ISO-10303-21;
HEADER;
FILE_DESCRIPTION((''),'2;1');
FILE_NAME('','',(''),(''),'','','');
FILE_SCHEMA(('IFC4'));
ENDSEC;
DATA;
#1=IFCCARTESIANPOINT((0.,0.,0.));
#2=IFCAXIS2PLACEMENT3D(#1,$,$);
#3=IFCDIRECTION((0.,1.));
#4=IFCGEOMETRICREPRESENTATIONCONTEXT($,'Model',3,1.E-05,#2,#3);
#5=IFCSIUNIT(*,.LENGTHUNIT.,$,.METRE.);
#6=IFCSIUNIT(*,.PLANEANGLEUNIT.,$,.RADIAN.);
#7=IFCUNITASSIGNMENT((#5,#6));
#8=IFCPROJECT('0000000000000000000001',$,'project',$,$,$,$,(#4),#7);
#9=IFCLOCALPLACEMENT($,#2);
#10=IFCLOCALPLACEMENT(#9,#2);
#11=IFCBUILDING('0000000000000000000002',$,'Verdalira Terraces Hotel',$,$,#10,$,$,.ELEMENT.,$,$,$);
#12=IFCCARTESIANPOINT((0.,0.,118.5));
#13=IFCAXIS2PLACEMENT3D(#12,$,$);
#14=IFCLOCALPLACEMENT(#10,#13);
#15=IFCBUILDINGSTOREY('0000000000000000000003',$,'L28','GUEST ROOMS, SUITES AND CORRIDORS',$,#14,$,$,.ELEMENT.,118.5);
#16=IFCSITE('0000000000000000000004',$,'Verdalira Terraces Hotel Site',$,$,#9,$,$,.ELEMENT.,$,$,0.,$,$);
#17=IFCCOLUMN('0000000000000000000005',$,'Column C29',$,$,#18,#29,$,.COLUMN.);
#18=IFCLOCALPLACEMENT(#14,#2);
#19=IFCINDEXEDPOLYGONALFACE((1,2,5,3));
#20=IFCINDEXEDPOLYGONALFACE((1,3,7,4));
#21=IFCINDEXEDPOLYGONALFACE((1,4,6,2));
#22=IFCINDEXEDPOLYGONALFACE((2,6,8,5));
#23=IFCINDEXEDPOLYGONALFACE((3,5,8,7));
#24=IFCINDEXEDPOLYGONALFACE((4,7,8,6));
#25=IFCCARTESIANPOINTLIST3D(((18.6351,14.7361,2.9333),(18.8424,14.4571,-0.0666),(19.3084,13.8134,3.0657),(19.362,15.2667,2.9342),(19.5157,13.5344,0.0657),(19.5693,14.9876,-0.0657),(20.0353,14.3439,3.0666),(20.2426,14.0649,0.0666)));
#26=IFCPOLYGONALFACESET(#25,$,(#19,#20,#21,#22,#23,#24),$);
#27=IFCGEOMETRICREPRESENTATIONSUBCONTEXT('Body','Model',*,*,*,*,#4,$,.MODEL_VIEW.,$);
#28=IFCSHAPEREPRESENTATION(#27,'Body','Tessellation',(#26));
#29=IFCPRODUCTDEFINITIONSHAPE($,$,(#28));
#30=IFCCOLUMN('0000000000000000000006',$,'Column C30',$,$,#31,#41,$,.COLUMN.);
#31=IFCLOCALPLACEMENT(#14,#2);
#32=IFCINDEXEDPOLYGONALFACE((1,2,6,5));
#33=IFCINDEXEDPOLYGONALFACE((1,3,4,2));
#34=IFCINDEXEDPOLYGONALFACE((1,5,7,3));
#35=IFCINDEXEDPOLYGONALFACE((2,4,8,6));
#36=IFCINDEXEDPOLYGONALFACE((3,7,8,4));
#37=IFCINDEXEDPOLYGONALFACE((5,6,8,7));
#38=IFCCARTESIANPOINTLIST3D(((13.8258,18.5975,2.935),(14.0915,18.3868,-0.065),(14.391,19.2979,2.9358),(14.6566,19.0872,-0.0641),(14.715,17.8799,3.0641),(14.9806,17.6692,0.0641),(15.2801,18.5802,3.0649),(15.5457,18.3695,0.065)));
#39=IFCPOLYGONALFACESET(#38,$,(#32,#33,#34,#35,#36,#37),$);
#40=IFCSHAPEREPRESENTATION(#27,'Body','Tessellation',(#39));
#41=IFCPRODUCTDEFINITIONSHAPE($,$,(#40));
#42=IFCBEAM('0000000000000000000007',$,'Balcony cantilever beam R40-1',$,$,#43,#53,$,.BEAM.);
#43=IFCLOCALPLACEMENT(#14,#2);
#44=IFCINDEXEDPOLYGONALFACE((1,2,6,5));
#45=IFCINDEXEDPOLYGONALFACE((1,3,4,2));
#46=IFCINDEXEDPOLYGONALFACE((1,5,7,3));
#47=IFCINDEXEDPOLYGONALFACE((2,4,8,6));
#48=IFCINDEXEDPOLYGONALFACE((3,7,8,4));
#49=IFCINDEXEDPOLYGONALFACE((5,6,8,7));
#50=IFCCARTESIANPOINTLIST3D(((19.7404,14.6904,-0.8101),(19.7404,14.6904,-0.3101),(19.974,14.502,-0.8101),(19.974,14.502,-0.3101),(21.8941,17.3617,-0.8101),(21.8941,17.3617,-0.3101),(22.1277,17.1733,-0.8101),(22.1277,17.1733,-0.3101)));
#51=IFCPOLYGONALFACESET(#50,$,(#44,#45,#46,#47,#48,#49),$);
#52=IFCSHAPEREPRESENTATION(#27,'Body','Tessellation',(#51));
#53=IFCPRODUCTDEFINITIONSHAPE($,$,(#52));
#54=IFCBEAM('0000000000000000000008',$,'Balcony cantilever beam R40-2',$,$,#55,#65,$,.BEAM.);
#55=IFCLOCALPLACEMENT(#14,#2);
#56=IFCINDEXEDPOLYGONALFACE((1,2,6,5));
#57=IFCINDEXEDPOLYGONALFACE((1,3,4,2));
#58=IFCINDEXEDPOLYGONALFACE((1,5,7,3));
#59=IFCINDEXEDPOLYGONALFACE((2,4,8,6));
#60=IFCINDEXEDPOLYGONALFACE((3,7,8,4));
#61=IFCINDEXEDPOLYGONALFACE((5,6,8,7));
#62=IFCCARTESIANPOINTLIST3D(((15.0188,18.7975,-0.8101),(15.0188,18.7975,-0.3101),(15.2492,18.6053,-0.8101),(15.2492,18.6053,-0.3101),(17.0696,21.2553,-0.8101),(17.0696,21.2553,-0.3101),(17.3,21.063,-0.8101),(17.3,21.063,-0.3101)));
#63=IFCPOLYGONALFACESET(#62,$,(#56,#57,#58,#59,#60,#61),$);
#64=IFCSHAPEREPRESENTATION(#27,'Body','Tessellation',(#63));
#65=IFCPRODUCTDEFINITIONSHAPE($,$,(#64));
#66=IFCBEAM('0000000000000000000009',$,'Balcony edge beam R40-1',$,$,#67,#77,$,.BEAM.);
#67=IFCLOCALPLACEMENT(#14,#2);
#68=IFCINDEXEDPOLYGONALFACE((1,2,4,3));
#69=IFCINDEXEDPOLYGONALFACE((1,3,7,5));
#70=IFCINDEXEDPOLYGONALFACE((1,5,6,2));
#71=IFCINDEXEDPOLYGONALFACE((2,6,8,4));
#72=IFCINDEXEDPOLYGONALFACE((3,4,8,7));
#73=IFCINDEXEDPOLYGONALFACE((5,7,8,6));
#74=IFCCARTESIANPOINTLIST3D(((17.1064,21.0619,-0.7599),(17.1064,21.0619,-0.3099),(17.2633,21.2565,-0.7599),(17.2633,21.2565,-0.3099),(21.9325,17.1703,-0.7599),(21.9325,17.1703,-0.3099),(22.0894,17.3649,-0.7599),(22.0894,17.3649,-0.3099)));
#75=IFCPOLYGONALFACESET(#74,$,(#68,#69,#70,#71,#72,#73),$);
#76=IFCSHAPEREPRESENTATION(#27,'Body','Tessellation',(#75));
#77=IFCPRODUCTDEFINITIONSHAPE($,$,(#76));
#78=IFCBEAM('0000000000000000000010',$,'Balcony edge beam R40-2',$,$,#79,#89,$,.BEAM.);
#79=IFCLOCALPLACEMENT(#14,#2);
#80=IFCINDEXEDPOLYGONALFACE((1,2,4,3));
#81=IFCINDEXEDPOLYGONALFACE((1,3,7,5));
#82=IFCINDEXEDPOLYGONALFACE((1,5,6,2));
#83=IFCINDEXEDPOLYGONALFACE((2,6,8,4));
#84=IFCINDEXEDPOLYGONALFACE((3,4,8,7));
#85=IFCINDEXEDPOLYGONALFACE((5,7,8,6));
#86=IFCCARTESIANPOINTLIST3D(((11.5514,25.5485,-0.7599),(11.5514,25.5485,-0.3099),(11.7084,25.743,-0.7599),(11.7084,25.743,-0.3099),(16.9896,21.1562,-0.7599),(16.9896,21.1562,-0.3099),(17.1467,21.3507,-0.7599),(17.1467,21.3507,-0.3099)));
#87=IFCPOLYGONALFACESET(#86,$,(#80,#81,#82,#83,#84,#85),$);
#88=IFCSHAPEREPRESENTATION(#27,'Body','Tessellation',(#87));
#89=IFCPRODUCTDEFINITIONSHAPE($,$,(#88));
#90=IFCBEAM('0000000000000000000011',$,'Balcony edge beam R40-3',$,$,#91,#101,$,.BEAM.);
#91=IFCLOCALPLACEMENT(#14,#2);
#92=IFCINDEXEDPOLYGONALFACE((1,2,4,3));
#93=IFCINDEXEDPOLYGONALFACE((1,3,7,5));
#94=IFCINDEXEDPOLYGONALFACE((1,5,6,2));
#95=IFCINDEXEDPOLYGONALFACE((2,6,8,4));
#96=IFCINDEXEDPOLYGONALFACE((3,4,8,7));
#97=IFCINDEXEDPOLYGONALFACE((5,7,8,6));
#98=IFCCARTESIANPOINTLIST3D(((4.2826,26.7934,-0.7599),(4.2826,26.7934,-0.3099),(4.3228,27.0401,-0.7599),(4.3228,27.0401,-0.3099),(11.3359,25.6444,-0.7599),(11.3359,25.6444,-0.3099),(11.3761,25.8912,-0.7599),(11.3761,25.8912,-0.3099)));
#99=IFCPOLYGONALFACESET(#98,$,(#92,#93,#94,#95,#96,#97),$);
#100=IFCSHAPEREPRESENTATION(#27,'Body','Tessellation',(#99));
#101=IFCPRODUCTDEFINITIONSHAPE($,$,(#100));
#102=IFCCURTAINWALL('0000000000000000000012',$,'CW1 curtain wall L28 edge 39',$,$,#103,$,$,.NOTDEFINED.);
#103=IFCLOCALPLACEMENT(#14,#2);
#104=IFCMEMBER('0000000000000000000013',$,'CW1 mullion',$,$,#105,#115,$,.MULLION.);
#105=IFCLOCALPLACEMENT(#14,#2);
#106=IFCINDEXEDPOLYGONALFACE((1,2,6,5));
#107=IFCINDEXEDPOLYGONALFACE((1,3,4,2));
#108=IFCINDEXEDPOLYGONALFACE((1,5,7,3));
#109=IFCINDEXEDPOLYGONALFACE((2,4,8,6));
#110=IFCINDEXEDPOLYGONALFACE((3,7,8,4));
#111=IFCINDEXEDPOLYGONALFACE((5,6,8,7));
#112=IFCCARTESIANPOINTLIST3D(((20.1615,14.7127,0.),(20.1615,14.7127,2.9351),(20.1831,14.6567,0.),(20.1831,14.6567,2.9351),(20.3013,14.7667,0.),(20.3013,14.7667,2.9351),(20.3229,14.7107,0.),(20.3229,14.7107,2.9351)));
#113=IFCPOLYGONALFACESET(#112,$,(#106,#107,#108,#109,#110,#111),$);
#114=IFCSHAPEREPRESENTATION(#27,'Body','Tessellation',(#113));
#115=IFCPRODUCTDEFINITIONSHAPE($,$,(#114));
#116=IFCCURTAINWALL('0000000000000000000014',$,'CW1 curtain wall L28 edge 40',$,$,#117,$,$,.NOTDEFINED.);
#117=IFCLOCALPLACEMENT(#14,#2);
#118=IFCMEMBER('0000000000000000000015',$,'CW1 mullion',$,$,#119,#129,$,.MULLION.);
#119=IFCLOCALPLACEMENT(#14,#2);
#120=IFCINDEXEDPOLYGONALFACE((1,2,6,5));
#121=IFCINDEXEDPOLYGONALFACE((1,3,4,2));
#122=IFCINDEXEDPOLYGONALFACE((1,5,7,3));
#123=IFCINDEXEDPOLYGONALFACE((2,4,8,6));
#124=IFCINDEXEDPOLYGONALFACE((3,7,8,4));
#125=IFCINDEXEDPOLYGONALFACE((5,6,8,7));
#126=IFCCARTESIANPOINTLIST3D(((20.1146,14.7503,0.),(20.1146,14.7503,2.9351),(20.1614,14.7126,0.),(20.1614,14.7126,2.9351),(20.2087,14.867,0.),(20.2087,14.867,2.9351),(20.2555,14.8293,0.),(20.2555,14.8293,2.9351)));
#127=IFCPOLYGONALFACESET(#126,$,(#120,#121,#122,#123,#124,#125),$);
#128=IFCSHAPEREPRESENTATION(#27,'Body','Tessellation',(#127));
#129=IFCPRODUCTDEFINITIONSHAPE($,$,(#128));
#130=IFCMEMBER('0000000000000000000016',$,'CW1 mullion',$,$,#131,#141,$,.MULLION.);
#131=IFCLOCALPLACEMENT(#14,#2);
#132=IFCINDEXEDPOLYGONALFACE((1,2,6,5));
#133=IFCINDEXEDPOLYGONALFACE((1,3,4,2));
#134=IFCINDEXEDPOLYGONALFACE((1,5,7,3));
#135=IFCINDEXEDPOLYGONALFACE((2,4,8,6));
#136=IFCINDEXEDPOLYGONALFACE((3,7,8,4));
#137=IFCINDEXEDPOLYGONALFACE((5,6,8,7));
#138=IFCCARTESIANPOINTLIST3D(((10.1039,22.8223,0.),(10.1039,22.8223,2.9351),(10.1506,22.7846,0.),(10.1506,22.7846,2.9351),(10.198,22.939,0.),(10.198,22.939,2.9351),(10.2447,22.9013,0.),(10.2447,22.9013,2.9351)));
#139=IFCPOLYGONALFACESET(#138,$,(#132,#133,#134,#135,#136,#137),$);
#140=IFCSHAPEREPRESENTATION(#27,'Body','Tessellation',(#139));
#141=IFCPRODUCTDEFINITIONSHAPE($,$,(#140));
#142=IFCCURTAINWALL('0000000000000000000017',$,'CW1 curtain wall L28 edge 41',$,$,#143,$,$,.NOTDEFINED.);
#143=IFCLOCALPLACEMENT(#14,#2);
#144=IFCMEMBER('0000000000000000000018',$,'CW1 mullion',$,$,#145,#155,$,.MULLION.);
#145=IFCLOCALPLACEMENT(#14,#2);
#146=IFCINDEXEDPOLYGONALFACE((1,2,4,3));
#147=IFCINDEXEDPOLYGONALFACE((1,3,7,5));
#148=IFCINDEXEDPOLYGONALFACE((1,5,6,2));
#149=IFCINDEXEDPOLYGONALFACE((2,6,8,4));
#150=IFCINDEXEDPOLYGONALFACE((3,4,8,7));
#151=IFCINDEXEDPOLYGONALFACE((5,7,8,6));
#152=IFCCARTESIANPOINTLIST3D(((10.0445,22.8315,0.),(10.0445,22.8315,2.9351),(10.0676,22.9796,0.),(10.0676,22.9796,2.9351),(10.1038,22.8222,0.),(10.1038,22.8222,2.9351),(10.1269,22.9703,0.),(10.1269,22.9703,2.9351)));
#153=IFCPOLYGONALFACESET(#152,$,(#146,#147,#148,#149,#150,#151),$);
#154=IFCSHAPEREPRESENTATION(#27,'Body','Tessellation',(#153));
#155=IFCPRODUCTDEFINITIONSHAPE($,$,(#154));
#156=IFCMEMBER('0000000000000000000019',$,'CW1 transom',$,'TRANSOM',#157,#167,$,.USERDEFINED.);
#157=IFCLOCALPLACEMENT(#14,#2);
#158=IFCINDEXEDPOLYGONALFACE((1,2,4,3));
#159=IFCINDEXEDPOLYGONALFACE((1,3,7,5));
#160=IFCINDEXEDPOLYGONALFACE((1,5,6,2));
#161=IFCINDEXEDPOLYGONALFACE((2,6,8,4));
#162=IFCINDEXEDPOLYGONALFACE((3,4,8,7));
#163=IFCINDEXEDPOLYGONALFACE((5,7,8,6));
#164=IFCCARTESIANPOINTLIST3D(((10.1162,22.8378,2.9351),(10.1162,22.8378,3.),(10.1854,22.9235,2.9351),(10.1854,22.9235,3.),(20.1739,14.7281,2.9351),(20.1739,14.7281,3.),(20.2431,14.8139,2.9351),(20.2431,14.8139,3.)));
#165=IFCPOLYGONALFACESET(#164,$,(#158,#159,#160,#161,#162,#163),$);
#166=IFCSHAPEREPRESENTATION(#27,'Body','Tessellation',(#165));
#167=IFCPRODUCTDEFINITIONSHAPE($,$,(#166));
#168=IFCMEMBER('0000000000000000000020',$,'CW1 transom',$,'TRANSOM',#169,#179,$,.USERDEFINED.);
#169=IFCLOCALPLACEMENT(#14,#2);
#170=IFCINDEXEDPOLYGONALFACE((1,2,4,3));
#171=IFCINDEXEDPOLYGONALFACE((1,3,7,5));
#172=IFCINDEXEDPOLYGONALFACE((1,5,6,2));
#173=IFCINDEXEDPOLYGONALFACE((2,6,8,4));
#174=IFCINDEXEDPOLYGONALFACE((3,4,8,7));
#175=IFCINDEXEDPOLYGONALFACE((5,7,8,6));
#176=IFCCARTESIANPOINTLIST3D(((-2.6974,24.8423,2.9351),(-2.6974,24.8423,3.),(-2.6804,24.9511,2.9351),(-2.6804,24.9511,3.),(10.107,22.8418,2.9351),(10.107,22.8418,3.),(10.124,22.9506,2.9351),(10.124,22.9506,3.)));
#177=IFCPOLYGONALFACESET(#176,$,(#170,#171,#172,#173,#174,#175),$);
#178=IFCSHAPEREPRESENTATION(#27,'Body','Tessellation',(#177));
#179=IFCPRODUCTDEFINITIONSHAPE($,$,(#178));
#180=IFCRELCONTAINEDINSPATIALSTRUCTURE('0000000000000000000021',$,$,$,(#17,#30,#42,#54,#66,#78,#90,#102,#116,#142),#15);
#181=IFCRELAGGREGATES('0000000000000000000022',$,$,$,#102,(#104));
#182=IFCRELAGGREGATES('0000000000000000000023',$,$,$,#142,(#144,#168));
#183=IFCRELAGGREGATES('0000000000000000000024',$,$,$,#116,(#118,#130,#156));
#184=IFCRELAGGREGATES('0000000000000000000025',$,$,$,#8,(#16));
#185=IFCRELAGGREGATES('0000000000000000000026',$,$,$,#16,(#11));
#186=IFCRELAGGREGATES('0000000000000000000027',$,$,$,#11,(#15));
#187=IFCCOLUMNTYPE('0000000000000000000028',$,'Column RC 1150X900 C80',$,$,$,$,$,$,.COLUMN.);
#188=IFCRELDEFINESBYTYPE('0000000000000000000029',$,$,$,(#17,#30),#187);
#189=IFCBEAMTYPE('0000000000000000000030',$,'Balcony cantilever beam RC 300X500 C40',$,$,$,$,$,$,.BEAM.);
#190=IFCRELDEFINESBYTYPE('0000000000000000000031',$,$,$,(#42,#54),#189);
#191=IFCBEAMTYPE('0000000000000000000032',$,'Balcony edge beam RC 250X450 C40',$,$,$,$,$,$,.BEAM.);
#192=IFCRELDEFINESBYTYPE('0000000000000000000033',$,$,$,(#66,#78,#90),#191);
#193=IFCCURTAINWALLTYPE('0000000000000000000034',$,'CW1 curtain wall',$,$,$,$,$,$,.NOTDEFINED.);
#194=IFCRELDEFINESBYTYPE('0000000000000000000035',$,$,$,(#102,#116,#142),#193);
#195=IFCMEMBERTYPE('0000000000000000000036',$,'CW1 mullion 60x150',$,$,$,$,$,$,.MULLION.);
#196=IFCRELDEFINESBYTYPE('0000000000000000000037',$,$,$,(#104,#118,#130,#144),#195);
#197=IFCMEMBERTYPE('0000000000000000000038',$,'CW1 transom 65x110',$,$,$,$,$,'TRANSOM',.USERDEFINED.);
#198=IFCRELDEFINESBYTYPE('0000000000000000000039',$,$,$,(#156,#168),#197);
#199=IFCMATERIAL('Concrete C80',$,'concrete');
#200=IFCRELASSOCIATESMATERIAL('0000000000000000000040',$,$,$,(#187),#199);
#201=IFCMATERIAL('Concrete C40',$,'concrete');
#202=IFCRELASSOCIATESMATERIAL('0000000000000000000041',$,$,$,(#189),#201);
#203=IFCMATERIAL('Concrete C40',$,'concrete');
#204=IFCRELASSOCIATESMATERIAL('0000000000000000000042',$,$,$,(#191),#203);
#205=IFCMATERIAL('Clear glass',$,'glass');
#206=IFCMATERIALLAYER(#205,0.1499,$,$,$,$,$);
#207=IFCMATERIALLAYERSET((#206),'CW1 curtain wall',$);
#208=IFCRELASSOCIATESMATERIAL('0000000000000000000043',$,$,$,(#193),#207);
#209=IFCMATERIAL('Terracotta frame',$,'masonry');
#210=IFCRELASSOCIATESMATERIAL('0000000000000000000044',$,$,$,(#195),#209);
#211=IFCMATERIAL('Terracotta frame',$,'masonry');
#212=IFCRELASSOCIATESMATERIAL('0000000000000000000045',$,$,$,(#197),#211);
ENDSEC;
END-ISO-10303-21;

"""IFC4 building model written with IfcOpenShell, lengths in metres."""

from ifc_helpers import new_model, si_unit, direction, frame, origin, origin_2d, place, context, subcontext, project, spatial, rectangle, extrude, material, layer, layer_set, material_profile, profile_set, type_object, element, aggregate, save


model = new_model("IFC4")

# Units and contexts
model_context = context("Model", 3, precision=1e-05, world=origin(), true_north=direction((0.0, 1.0)))
body_context = subcontext(model_context, "Body", "Model", "MODEL_VIEW")
ifc_project = project(units=[si_unit("LENGTHUNIT", "METRE"), si_unit("PLANEANGLEUNIT", "RADIAN")], contexts=[model_context])

# Site, building, storey
site_placement = place(None, origin())
site = spatial("IfcSite", under=ifc_project, at=site_placement, Name="Verdalira Terraces Hotel Site", CompositionType="ELEMENT", RefElevation=0.0)
building_placement = place(site_placement, origin())
building = spatial("IfcBuilding", under=site, at=building_placement, Name="Verdalira Terraces Hotel", CompositionType="ELEMENT")
storey_placement = place(building_placement, frame((0.0, 0.0, 118.5)))
storey = spatial("IfcBuildingStorey", under=building, at=storey_placement, Name="L28", Description="GUEST ROOMS, SUITES AND CORRIDORS", CompositionType="ELEMENT", Elevation=118.5)

# Columns
ifc_material_1 = material(Name="Concrete C80", Category="concrete")
ifc_material_profile_1 = material_profile(ifc_material_1, rectangle(XDim=1.1499, YDim=0.8999, at=origin_2d()), Name="RC 1150X900")
ifc_profile_set_1 = profile_set([ifc_material_profile_1], Name="Concrete C80")
column_type = type_object("IfcColumnType", Name="Column RC 1150X900 C80", PredefinedType="COLUMN", material=ifc_profile_set_1)
column_1_placement = place(storey_placement, frame((19.5425, 14.261, 0.0), z_axis=(-0.068633, 0.092399, 0.993354), x_axis=(0.585531, -0.802438, 0.115096)))
element("IfcColumn", 1, at=column_1_placement, inside=storey, type_object=column_type, Name="Column C29", PredefinedType="COLUMN", context=body_context, shape_type="SweptSolid", body=[
    extrude(rectangle(XDim=1.1499, YDim=0.8999, at=origin_2d()), origin(), (0.0, 0.0, 1.0), 3.02),
])
column_2_placement = place(storey_placement, frame((14.8186, 18.3782, 0.0), z_axis=(-0.087982, 0.069787, 0.993675), x_axis=(-0.773238, 0.624093, -0.112295)))
element("IfcColumn", 2, at=column_2_placement, inside=storey, type_object=column_type, Name="Column C30", PredefinedType="COLUMN", context=body_context, shape_type="SweptSolid", body=[
    extrude(rectangle(XDim=1.1499, YDim=0.8999, at=origin_2d()), origin(), (0.0, 0.0, 1.0), 3.019),
])

# Beams
ifc_material_2 = material(Name="Concrete C40", Category="concrete")
ifc_material_profile_2 = material_profile(ifc_material_2, rectangle(XDim=0.3, YDim=0.5, at=origin_2d()), Name="RC 300X500")
ifc_profile_set_2 = profile_set([ifc_material_profile_2], Name="Concrete C40")
beam_type_1 = type_object("IfcBeamType", Name="Balcony cantilever beam RC 300X500 C40", PredefinedType="BEAM", material=ifc_profile_set_2)
beam_1_placement = place(storey_placement, frame((19.8572, 14.5962, -0.5601), z_axis=(0.627658, 0.778489, 0.0), x_axis=(-0.778489, 0.627658, 0.0)))
element("IfcBeam", 3, at=beam_1_placement, inside=storey, type_object=beam_type_1, Name="Balcony cantilever beam R40-1", PredefinedType="BEAM", context=body_context, shape_type="SweptSolid", body=[
    extrude(rectangle(XDim=0.3, YDim=0.5, at=origin_2d()), origin(), (0.0, 0.0, 1.0), 3.4314),
])
beam_2_placement = place(storey_placement, frame((15.134, 18.7014, -0.5601), z_axis=(0.640672, 0.767815, 0.0), x_axis=(-0.767815, 0.640672, 0.0)))
element("IfcBeam", 4, at=beam_2_placement, inside=storey, type_object=beam_type_1, Name="Balcony cantilever beam R40-2", PredefinedType="BEAM", context=body_context, shape_type="SweptSolid", body=[
    extrude(rectangle(XDim=0.3, YDim=0.5, at=origin_2d()), origin(), (0.0, 0.0, 1.0), 3.2009),
])
ifc_material_3 = material(Name="Concrete C40", Category="concrete")
ifc_material_profile_3 = material_profile(ifc_material_3, rectangle(XDim=0.25, YDim=0.45, at=origin_2d()), Name="RC 250X450")
ifc_profile_set_3 = profile_set([ifc_material_profile_3], Name="Concrete C40")
beam_type_2 = type_object("IfcBeamType", Name="Balcony edge beam RC 250X450 C40", PredefinedType="BEAM", material=ifc_profile_set_3)
beam_3_placement = place(storey_placement, frame((22.011, 17.2676, -0.5349), z_axis=(-0.77845, 0.627706, 0.0), x_axis=(-0.627706, -0.77845, 0.0)))
element("IfcBeam", 5, at=beam_3_placement, inside=storey, type_object=beam_type_2, Name="Balcony edge beam R40-1", PredefinedType="BEAM", context=body_context, shape_type="SweptSolid", body=[
    extrude(rectangle(XDim=0.25, YDim=0.45, at=origin_2d()), origin(), (0.0, 0.0, 1.0), 6.1997),
])
beam_4_placement = place(storey_placement, frame((17.0681, 21.2534, -0.5349), z_axis=(-0.777947, 0.62833, 0.0), x_axis=(-0.62833, -0.777947, 0.0)))
element("IfcBeam", 6, at=beam_4_placement, inside=storey, type_object=beam_type_2, Name="Balcony edge beam R40-2", PredefinedType="BEAM", context=body_context, shape_type="SweptSolid", body=[
    extrude(rectangle(XDim=0.25, YDim=0.45, at=origin_2d()), origin(), (0.0, 0.0, 1.0), 6.9905),
])
beam_5_placement = place(storey_placement, frame((11.356, 25.7678, -0.5349), z_axis=(-0.986991, 0.160775, 0.0), x_axis=(-0.160775, -0.986991, 0.0)))
element("IfcBeam", 7, at=beam_5_placement, inside=storey, type_object=beam_type_2, Name="Balcony edge beam R40-3", PredefinedType="BEAM", context=body_context, shape_type="SweptSolid", body=[
    extrude(rectangle(XDim=0.25, YDim=0.45, at=origin_2d()), origin(), (0.0, 0.0, 1.0), 7.1462),
])

# Curtain wall, member
ifc_material_4 = material(Name="Clear glass", Category="glass")
ifc_layer_1 = layer(ifc_material_4, 0.1499)
ifc_layer_set_1 = layer_set([ifc_layer_1], Name="CW1 curtain wall")
curtain_wall_type = type_object("IfcCurtainWallType", Name="CW1 curtain wall", PredefinedType="NOTDEFINED", material=ifc_layer_set_1)
curtain_wall_1_placement = place(storey_placement, origin())
curtain_wall_1 = element("IfcCurtainWall", 8, at=curtain_wall_1_placement, inside=storey, type_object=curtain_wall_type, Name="CW1 curtain wall L28 edge 39", PredefinedType="NOTDEFINED")
ifc_material_5 = material(Name="Terracotta frame", Category="masonry")
ifc_material_profile_4 = material_profile(ifc_material_5, rectangle(XDim=0.0601, YDim=0.1499, at=origin_2d()), Name="MU 60x150")
ifc_profile_set_4 = profile_set([ifc_material_profile_4], Name="Terracotta frame")
member_type_1 = type_object("IfcMemberType", Name="CW1 mullion 60x150", PredefinedType="MULLION", material=ifc_profile_set_4)
member_1_placement = place(storey_placement, frame((20.2422, 14.7117, 0.0), z_axis=(0.0, 0.0, 1.0), x_axis=(-0.360322, 0.932828, 0.0)))
member_1 = element("IfcMember", 9, at=member_1_placement, type_object=member_type_1, Name="CW1 mullion", PredefinedType="MULLION", context=body_context, shape_type="SweptSolid", body=[
    extrude(rectangle(XDim=0.0601, YDim=0.1499, at=origin_2d()), origin(), (0.0, 0.0, 1.0), 2.9351),
])
aggregate(curtain_wall_1, [member_1])

# Curtain wall, members
curtain_wall_2_placement = place(storey_placement, origin())
curtain_wall_2 = element("IfcCurtainWall", 10, at=curtain_wall_2_placement, inside=storey, type_object=curtain_wall_type, Name="CW1 curtain wall L28 edge 40", PredefinedType="NOTDEFINED")
member_2_placement = place(storey_placement, frame((20.1851, 14.7898, 0.0), z_axis=(0.0, 0.0, 1.0), x_axis=(-0.778462, 0.627691, 0.0)))
member_2 = element("IfcMember", 11, at=member_2_placement, type_object=member_type_1, Name="CW1 mullion", PredefinedType="MULLION", context=body_context, shape_type="SweptSolid", body=[
    extrude(rectangle(XDim=0.0601, YDim=0.1499, at=origin_2d()), origin(), (0.0, 0.0, 1.0), 2.9351),
])
member_3_placement = place(storey_placement, frame((10.1743, 22.8618, 0.0), z_axis=(0.0, 0.0, 1.0), x_axis=(-0.778462, 0.627691, 0.0)))
member_3 = element("IfcMember", 12, at=member_3_placement, type_object=member_type_1, Name="CW1 mullion", PredefinedType="MULLION", context=body_context, shape_type="SweptSolid", body=[
    extrude(rectangle(XDim=0.0601, YDim=0.1499, at=origin_2d()), origin(), (0.0, 0.0, 1.0), 2.9351),
])

# Curtain wall, member
curtain_wall_3_placement = place(storey_placement, origin())
curtain_wall_3 = element("IfcCurtainWall", 13, at=curtain_wall_3_placement, inside=storey, type_object=curtain_wall_type, Name="CW1 curtain wall L28 edge 41", PredefinedType="NOTDEFINED")
member_4_placement = place(storey_placement, frame((10.0857, 22.9009, 0.0), z_axis=(0.0, 0.0, 1.0), x_axis=(-0.988014, 0.154366, 0.0)))
member_4 = element("IfcMember", 14, at=member_4_placement, type_object=member_type_1, Name="CW1 mullion", PredefinedType="MULLION", context=body_context, shape_type="SweptSolid", body=[
    extrude(rectangle(XDim=0.0601, YDim=0.1499, at=origin_2d()), origin(), (0.0, 0.0, 1.0), 2.9351),
])

# Members
ifc_material_6 = material(Name="Terracotta frame", Category="masonry")
ifc_material_profile_5 = material_profile(ifc_material_6, rectangle(XDim=0.1101, YDim=0.0649, at=origin_2d()), Name="TR 65x110")
ifc_profile_set_5 = profile_set([ifc_material_profile_5], Name="Terracotta frame")
member_type_2 = type_object("IfcMemberType", Name="CW1 transom 65x110", ElementType="TRANSOM", PredefinedType="USERDEFINED", material=ifc_profile_set_5)
member_5_placement = place(storey_placement, frame((20.2085, 14.771, 2.9675), z_axis=(-0.778465, 0.627689, 0.0), x_axis=(-0.627689, -0.778465, 0.0)))
member_5 = element("IfcMember", 15, at=member_5_placement, type_object=member_type_2, Name="CW1 transom", ObjectType="TRANSOM", PredefinedType="USERDEFINED", context=body_context, shape_type="SweptSolid", body=[
    extrude(rectangle(XDim=0.1101, YDim=0.0649, at=origin_2d()), origin(), (0.0, 0.0, 1.0), 12.9199),
])
member_6_placement = place(storey_placement, frame((10.1155, 22.8962, 2.9675), z_axis=(-0.988014, 0.154361, 0.0), x_axis=(-0.154361, -0.988014, 0.0)))
member_6 = element("IfcMember", 16, at=member_6_placement, type_object=member_type_2, Name="CW1 transom", ObjectType="TRANSOM", PredefinedType="USERDEFINED", context=body_context, shape_type="SweptSolid", body=[
    extrude(rectangle(XDim=0.1101, YDim=0.0649, at=origin_2d()), origin(), (0.0, 0.0, 1.0), 12.9597),
])
aggregate(curtain_wall_3, [member_4, member_6])

aggregate(curtain_wall_2, [member_2, member_3, member_5])

save(model, "model.ifc")
